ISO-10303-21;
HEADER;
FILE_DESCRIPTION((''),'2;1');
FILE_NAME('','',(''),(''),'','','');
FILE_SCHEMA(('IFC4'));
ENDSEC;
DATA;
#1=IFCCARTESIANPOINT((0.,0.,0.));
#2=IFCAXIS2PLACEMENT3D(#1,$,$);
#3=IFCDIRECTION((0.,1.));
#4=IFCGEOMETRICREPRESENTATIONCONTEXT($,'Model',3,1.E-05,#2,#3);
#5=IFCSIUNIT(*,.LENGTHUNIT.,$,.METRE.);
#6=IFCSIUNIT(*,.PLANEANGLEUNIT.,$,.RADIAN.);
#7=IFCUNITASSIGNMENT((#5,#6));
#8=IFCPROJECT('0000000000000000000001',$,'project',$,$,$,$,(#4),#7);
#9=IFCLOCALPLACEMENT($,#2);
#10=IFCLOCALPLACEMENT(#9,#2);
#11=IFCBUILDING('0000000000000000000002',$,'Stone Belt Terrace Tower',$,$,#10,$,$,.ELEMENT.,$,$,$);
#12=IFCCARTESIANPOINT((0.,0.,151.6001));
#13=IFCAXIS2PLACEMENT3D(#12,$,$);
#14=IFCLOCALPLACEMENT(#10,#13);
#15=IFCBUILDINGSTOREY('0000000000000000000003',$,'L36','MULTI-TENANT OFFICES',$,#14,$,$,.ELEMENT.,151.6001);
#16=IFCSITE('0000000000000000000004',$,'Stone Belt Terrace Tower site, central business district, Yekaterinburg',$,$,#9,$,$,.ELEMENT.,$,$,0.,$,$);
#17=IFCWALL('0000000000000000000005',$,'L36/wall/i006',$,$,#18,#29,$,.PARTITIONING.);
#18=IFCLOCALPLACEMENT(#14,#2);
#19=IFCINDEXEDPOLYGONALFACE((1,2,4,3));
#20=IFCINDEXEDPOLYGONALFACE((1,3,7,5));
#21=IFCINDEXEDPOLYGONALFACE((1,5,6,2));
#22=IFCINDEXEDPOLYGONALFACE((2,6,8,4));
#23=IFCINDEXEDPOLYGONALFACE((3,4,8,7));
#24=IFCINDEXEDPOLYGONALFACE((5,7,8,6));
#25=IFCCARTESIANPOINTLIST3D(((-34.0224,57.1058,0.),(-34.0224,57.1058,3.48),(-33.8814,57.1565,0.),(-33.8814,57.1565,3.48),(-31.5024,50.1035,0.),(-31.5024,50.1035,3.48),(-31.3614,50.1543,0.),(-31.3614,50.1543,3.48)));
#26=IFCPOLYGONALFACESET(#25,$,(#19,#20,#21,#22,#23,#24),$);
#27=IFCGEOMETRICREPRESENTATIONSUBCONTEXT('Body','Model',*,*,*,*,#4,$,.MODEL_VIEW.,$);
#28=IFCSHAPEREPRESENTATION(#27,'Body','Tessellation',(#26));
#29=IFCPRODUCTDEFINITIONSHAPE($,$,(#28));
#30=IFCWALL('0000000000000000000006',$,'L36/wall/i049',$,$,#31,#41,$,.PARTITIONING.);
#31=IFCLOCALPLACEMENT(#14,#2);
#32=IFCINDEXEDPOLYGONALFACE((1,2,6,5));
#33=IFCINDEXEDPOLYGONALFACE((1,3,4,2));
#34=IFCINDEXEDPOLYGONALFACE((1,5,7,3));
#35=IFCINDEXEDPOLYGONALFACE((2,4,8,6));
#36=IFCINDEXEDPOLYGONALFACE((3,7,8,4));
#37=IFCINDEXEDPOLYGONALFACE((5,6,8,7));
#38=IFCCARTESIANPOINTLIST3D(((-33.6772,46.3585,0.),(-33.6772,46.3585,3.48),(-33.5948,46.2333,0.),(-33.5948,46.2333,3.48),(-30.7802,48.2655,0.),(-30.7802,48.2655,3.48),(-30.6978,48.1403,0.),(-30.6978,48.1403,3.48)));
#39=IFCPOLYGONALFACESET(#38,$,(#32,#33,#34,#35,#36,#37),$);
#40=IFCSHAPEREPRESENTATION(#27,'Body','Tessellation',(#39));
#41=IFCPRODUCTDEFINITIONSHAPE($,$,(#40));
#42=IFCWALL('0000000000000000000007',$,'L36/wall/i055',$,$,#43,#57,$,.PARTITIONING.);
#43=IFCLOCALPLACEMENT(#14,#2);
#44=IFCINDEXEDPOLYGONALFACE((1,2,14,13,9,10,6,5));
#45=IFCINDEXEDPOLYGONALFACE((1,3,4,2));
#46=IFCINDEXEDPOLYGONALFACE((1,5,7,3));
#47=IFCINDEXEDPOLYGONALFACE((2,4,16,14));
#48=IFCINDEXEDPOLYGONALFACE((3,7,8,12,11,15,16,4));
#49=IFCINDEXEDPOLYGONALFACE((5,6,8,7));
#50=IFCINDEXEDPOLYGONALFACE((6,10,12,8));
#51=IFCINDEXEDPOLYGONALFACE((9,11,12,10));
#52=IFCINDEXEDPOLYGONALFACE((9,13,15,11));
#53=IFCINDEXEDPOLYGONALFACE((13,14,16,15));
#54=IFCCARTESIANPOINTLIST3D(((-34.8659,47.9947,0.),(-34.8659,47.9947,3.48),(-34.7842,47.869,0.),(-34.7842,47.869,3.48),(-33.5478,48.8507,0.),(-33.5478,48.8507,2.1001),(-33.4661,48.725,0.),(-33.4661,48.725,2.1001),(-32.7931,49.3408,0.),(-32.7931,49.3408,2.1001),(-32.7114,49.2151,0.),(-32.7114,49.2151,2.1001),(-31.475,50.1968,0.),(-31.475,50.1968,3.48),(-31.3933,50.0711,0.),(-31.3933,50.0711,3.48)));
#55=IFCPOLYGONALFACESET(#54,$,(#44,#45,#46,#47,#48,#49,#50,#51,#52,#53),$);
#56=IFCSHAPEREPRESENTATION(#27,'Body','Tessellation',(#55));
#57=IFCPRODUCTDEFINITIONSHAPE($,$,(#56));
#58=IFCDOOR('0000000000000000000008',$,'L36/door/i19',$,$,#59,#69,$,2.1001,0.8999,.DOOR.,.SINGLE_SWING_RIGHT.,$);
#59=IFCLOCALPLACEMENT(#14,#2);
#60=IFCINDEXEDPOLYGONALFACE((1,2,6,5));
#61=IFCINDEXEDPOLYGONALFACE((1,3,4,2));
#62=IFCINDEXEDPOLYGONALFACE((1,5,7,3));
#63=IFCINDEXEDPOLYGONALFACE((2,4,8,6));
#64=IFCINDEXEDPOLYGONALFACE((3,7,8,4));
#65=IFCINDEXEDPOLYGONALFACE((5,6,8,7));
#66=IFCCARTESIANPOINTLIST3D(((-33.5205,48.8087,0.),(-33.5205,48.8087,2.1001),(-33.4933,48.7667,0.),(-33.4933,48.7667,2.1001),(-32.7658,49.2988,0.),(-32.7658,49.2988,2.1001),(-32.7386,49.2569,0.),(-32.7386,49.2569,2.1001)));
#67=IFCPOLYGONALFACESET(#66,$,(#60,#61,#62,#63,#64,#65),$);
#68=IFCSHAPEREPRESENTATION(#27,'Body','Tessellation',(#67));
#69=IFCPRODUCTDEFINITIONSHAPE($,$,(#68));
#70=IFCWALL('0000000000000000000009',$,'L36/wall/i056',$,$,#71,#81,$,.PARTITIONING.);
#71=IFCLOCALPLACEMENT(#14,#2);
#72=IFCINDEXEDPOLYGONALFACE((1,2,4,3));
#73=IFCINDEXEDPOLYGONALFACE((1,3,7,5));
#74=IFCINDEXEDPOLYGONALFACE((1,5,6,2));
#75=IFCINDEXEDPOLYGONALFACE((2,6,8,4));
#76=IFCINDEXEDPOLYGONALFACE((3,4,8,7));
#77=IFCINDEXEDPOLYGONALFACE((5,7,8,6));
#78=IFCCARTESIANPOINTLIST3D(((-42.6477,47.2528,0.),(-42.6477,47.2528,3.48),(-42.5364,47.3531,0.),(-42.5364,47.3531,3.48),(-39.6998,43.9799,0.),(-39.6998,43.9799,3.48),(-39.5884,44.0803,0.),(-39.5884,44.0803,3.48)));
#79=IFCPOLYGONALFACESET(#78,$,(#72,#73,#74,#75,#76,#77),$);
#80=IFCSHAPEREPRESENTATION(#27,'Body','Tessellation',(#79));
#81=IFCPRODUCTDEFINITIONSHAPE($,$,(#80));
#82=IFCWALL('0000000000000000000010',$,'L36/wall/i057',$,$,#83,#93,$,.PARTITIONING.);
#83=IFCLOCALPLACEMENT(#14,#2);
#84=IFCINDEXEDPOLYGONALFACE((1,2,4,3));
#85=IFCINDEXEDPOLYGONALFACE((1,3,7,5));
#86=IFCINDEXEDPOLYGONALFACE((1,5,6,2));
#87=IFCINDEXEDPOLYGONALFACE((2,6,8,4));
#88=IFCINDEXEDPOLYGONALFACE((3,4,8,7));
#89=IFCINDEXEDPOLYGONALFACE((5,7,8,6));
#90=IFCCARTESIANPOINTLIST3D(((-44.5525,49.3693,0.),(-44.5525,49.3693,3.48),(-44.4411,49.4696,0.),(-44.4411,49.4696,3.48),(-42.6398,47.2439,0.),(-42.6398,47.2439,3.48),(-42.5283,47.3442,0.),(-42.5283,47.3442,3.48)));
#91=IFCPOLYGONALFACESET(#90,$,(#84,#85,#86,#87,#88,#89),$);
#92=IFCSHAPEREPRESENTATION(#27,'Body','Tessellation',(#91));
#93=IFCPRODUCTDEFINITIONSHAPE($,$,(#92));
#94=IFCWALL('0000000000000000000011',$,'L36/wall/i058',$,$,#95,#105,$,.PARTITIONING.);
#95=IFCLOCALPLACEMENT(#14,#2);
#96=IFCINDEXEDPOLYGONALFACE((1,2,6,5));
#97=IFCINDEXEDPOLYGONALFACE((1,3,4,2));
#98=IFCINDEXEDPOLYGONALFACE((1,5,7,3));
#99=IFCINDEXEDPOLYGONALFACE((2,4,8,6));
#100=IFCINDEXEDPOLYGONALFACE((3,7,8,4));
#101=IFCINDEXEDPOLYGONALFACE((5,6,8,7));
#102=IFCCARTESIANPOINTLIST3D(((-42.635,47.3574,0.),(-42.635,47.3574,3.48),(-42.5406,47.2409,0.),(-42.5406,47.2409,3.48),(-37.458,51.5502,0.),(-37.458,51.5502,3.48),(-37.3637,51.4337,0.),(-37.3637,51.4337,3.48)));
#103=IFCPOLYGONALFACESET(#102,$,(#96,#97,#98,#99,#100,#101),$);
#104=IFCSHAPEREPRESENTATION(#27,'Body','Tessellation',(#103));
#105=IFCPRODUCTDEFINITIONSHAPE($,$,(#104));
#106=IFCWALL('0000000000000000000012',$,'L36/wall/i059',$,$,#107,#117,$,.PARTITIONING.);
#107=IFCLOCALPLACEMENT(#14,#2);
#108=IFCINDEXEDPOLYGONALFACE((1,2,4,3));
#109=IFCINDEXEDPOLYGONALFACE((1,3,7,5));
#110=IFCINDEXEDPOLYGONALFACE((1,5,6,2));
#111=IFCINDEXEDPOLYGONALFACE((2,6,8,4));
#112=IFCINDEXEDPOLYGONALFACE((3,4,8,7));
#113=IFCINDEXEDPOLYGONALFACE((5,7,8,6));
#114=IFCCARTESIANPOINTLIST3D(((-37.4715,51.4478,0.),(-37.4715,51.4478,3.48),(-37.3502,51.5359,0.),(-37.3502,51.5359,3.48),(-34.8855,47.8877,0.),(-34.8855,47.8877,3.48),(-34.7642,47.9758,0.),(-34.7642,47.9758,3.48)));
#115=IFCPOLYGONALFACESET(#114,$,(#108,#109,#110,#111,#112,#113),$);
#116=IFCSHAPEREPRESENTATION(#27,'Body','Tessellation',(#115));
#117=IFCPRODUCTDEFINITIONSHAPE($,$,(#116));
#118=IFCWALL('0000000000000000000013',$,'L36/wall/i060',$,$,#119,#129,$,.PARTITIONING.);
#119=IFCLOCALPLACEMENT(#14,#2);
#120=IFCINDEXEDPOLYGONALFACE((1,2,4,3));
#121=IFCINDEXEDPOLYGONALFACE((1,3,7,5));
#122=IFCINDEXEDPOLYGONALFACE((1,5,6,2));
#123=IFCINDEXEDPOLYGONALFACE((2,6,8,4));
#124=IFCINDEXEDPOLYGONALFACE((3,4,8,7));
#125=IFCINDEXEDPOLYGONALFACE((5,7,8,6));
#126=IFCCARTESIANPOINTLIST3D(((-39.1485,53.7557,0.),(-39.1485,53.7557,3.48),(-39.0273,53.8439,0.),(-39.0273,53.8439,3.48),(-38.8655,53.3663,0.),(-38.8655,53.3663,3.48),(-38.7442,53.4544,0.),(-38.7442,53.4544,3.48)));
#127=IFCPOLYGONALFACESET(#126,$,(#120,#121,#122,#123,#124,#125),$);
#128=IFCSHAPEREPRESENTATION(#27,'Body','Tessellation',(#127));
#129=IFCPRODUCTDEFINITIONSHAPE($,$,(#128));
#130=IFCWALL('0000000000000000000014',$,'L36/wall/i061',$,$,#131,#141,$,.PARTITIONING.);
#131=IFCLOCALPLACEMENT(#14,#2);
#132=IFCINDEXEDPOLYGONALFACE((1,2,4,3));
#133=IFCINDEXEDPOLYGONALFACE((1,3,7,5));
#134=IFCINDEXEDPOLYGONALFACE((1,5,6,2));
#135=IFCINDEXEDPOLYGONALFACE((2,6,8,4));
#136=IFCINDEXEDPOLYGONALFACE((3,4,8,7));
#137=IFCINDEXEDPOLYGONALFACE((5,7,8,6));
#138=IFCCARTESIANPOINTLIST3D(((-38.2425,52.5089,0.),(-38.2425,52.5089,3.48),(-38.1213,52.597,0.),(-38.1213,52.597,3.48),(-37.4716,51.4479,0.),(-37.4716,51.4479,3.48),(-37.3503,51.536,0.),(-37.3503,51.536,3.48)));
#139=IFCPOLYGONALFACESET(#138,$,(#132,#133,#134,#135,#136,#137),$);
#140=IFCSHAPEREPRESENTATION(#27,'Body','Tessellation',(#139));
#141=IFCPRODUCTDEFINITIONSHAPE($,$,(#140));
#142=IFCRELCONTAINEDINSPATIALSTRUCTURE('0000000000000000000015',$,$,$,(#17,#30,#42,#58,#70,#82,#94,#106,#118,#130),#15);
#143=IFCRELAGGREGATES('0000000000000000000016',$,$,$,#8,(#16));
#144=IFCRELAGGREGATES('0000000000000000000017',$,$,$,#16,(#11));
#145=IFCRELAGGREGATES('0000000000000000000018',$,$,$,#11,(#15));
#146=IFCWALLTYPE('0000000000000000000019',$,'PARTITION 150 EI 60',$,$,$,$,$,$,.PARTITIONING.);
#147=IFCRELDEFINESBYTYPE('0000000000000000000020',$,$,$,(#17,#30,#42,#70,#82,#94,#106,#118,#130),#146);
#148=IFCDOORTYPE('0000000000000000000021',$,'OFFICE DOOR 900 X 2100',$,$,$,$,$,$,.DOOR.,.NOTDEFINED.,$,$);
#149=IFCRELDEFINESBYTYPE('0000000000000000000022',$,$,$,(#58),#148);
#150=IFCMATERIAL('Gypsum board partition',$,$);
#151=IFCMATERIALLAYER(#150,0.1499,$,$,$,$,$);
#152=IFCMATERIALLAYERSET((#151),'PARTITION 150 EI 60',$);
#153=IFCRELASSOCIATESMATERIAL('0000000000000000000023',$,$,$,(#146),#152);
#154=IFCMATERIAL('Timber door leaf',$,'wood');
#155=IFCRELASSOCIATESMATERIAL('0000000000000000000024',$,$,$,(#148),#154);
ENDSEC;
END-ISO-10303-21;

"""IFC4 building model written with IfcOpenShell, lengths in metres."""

from ifc_helpers import new_model, si_unit, direction, frame, frame_2d, origin, place, context, subcontext, project, spatial, rectangle, extrude, material, layer, layer_set, type_object, element, fill, save


model = new_model("IFC4")

# Units and contexts
model_context = context("Model", 3, precision=1e-05, world=origin(), true_north=direction((0.0, 1.0)))
body_context = subcontext(model_context, "Body", "Model", "MODEL_VIEW")
ifc_project = project(units=[si_unit("LENGTHUNIT", "METRE"), si_unit("PLANEANGLEUNIT", "RADIAN")], contexts=[model_context])

# Site, building, storey
site_placement = place(None, origin())
site = spatial("IfcSite", under=ifc_project, at=site_placement, Name="Stone Belt Terrace Tower site, central business district, Yekaterinburg", CompositionType="ELEMENT", RefElevation=0.0)
building_placement = place(site_placement, origin())
building = spatial("IfcBuilding", under=site, at=building_placement, Name="Stone Belt Terrace Tower", CompositionType="ELEMENT")
storey_placement = place(building_placement, frame((0.0, 0.0, 151.6001)))
storey = spatial("IfcBuildingStorey", under=building, at=storey_placement, Name="L36", Description="MULTI-TENANT OFFICES", CompositionType="ELEMENT", Elevation=151.6001)

# Shared definitions
ifc_material_1 = material(Name="Gypsum board partition")
ifc_layer_1 = layer(ifc_material_1, 0.1499)
ifc_layer_set_1 = layer_set([ifc_layer_1], Name="PARTITION 150 EI 60")
wall_type = type_object("IfcWallType", Name="PARTITION 150 EI 60", PredefinedType="PARTITIONING", material=ifc_layer_set_1)
ifc_material_2 = material(Name="Timber door leaf", Category="wood")
door_type = type_object("IfcDoorType", Name="OFFICE DOOR 900 X 2100", OperationType="NOTDEFINED", PredefinedType="DOOR", material=ifc_material_2)

# Walls
wall_1_placement = place(storey_placement, frame((-31.4319, 50.1289, 0.0), z_axis=(0.0, 0.0, 1.0), x_axis=(-0.338628, 0.94092, 0.0)))
element("IfcWall", 1, at=wall_1_placement, inside=storey, type_object=wall_type, Name="L36/wall/i006", PredefinedType="PARTITIONING", context=body_context, shape_type="SweptSolid", body=[
    extrude(rectangle(XDim=7.4419, YDim=0.1499, at=frame_2d((3.7209, 0.0))), origin(), (0.0, 0.0, 1.0), 3.48),
])
wall_2_placement = place(storey_placement, frame((-33.636, 46.2959, 0.0), z_axis=(0.0, 0.0, 1.0), x_axis=(0.835274, 0.549834, 0.0)))
element("IfcWall", 2, at=wall_2_placement, inside=storey, type_object=wall_type, Name="L36/wall/i049", PredefinedType="PARTITIONING", context=body_context, shape_type="SweptSolid", body=[
    extrude(rectangle(XDim=3.4683, YDim=0.1499, at=frame_2d((1.7341, 0.0))), origin(), (0.0, 0.0, 1.0), 3.48),
])

# Wall, opening, door
wall_3_placement = place(storey_placement, frame((-34.825, 47.9319, 0.0), z_axis=(0.0, 0.0, 1.0), x_axis=(0.83866, 0.544655, 0.0)))
wall_3 = element("IfcWall", 3, at=wall_3_placement, inside=storey, type_object=wall_type, Name="L36/wall/i055", PredefinedType="PARTITIONING", context=body_context, shape_type="SweptSolid", body=[
    extrude(rectangle(XDim=4.0432, YDim=0.1499, at=frame_2d((2.0215, 0.0))), origin(), (0.0, 0.0, 1.0), 3.48),
])
opening_1_placement = place(wall_3_placement, frame((1.5715, 0.0, 0.0)))
opening_1 = element("IfcOpeningElement", 4, at=opening_1_placement, cuts=wall_3, PredefinedType="OPENING", context=body_context, shape_type="SweptSolid", body=[
    extrude(rectangle(XDim=0.8999, YDim=2.1001, at=frame_2d((0.45, 1.05))), frame((0.0, 0.085, 0.0), z_axis=(0.0, -1.0, 0.0), x_axis=(1.0, 0.0, 0.0)), (0.0, 0.0, 1.0), 0.1699),
])
door_1_placement = place(opening_1_placement, origin())
door_1 = element("IfcDoor", 5, at=door_1_placement, inside=storey, type_object=door_type, Name="L36/door/i19", OperationType="SINGLE_SWING_RIGHT", OverallHeight=2.1001, OverallWidth=0.8999, PredefinedType="DOOR", context=body_context, shape_type="SweptSolid", body=[
    extrude(rectangle(XDim=0.8999, YDim=2.1001, at=frame_2d((0.45, 1.05))), frame((0.0, 0.0249, 0.0), z_axis=(0.0, -1.0, 0.0), x_axis=(1.0, 0.0, 0.0)), (0.0, 0.0, 1.0), 0.05),
])
fill(opening_1, door_1)

# Walls
wall_4_placement = place(storey_placement, frame((-42.592, 47.303, 0.0), z_axis=(0.0, 0.0, 1.0), x_axis=(0.669259, -0.74303, 0.0)))
element("IfcWall", 6, at=wall_4_placement, inside=storey, type_object=wall_type, Name="L36/wall/i056", PredefinedType="PARTITIONING", context=body_context, shape_type="SweptSolid", body=[
    extrude(rectangle(XDim=4.4048, YDim=0.1499, at=frame_2d((2.2024, 0.0))), origin(), (0.0, 0.0, 1.0), 3.48),
])
wall_5_placement = place(storey_placement, frame((-44.4968, 49.4194, 0.0), z_axis=(0.0, 0.0, 1.0), x_axis=(0.668946, -0.743311, 0.0)))
element("IfcWall", 7, at=wall_5_placement, inside=storey, type_object=wall_type, Name="L36/wall/i057", PredefinedType="PARTITIONING", context=body_context, shape_type="SweptSolid", body=[
    extrude(rectangle(XDim=2.8594, YDim=0.1499, at=frame_2d((1.4297, 0.0))), origin(), (0.0, 0.0, 1.0), 3.48),
])
wall_6_placement = place(storey_placement, frame((-42.5879, 47.2991, 0.0), z_axis=(0.0, 0.0, 1.0), x_axis=(0.777101, 0.629376, 0.0)))
element("IfcWall", 8, at=wall_6_placement, inside=storey, type_object=wall_type, Name="L36/wall/i058", PredefinedType="PARTITIONING", context=body_context, shape_type="SweptSolid", body=[
    extrude(rectangle(XDim=6.6619, YDim=0.1499, at=frame_2d((3.3311, 0.0))), origin(), (0.0, 0.0, 1.0), 3.48),
])
wall_7_placement = place(storey_placement, frame((-37.4109, 51.4919, 0.0), z_axis=(0.0, 0.0, 1.0), x_axis=(0.587697, -0.809081, 0.0)))
element("IfcWall", 9, at=wall_7_placement, inside=storey, type_object=wall_type, Name="L36/wall/i059", PredefinedType="PARTITIONING", context=body_context, shape_type="SweptSolid", body=[
    extrude(rectangle(XDim=4.4001, YDim=0.1499, at=frame_2d((2.2002, 0.0))), origin(), (0.0, 0.0, 1.0), 3.48),
])
wall_8_placement = place(storey_placement, frame((-39.0879, 53.7998, 0.0), z_axis=(0.0, 0.0, 1.0), x_axis=(0.58784, -0.808977, 0.0)))
element("IfcWall", 10, at=wall_8_placement, inside=storey, type_object=wall_type, Name="L36/wall/i060", PredefinedType="PARTITIONING", context=body_context, shape_type="SweptSolid", body=[
    extrude(rectangle(XDim=0.4814, YDim=0.1499, at=frame_2d((0.2407, 0.0))), origin(), (0.0, 0.0, 1.0), 3.48),
])
wall_9_placement = place(storey_placement, frame((-38.1819, 52.553, 0.0), z_axis=(0.0, 0.0, 1.0), x_axis=(0.58784, -0.808977, 0.0)))
element("IfcWall", 11, at=wall_9_placement, inside=storey, type_object=wall_type, Name="L36/wall/i061", PredefinedType="PARTITIONING", context=body_context, shape_type="SweptSolid", body=[
    extrude(rectangle(XDim=1.3115, YDim=0.1499, at=frame_2d((0.6558, 0.0))), origin(), (0.0, 0.0, 1.0), 3.48),
])

save(model, "model.ifc")
